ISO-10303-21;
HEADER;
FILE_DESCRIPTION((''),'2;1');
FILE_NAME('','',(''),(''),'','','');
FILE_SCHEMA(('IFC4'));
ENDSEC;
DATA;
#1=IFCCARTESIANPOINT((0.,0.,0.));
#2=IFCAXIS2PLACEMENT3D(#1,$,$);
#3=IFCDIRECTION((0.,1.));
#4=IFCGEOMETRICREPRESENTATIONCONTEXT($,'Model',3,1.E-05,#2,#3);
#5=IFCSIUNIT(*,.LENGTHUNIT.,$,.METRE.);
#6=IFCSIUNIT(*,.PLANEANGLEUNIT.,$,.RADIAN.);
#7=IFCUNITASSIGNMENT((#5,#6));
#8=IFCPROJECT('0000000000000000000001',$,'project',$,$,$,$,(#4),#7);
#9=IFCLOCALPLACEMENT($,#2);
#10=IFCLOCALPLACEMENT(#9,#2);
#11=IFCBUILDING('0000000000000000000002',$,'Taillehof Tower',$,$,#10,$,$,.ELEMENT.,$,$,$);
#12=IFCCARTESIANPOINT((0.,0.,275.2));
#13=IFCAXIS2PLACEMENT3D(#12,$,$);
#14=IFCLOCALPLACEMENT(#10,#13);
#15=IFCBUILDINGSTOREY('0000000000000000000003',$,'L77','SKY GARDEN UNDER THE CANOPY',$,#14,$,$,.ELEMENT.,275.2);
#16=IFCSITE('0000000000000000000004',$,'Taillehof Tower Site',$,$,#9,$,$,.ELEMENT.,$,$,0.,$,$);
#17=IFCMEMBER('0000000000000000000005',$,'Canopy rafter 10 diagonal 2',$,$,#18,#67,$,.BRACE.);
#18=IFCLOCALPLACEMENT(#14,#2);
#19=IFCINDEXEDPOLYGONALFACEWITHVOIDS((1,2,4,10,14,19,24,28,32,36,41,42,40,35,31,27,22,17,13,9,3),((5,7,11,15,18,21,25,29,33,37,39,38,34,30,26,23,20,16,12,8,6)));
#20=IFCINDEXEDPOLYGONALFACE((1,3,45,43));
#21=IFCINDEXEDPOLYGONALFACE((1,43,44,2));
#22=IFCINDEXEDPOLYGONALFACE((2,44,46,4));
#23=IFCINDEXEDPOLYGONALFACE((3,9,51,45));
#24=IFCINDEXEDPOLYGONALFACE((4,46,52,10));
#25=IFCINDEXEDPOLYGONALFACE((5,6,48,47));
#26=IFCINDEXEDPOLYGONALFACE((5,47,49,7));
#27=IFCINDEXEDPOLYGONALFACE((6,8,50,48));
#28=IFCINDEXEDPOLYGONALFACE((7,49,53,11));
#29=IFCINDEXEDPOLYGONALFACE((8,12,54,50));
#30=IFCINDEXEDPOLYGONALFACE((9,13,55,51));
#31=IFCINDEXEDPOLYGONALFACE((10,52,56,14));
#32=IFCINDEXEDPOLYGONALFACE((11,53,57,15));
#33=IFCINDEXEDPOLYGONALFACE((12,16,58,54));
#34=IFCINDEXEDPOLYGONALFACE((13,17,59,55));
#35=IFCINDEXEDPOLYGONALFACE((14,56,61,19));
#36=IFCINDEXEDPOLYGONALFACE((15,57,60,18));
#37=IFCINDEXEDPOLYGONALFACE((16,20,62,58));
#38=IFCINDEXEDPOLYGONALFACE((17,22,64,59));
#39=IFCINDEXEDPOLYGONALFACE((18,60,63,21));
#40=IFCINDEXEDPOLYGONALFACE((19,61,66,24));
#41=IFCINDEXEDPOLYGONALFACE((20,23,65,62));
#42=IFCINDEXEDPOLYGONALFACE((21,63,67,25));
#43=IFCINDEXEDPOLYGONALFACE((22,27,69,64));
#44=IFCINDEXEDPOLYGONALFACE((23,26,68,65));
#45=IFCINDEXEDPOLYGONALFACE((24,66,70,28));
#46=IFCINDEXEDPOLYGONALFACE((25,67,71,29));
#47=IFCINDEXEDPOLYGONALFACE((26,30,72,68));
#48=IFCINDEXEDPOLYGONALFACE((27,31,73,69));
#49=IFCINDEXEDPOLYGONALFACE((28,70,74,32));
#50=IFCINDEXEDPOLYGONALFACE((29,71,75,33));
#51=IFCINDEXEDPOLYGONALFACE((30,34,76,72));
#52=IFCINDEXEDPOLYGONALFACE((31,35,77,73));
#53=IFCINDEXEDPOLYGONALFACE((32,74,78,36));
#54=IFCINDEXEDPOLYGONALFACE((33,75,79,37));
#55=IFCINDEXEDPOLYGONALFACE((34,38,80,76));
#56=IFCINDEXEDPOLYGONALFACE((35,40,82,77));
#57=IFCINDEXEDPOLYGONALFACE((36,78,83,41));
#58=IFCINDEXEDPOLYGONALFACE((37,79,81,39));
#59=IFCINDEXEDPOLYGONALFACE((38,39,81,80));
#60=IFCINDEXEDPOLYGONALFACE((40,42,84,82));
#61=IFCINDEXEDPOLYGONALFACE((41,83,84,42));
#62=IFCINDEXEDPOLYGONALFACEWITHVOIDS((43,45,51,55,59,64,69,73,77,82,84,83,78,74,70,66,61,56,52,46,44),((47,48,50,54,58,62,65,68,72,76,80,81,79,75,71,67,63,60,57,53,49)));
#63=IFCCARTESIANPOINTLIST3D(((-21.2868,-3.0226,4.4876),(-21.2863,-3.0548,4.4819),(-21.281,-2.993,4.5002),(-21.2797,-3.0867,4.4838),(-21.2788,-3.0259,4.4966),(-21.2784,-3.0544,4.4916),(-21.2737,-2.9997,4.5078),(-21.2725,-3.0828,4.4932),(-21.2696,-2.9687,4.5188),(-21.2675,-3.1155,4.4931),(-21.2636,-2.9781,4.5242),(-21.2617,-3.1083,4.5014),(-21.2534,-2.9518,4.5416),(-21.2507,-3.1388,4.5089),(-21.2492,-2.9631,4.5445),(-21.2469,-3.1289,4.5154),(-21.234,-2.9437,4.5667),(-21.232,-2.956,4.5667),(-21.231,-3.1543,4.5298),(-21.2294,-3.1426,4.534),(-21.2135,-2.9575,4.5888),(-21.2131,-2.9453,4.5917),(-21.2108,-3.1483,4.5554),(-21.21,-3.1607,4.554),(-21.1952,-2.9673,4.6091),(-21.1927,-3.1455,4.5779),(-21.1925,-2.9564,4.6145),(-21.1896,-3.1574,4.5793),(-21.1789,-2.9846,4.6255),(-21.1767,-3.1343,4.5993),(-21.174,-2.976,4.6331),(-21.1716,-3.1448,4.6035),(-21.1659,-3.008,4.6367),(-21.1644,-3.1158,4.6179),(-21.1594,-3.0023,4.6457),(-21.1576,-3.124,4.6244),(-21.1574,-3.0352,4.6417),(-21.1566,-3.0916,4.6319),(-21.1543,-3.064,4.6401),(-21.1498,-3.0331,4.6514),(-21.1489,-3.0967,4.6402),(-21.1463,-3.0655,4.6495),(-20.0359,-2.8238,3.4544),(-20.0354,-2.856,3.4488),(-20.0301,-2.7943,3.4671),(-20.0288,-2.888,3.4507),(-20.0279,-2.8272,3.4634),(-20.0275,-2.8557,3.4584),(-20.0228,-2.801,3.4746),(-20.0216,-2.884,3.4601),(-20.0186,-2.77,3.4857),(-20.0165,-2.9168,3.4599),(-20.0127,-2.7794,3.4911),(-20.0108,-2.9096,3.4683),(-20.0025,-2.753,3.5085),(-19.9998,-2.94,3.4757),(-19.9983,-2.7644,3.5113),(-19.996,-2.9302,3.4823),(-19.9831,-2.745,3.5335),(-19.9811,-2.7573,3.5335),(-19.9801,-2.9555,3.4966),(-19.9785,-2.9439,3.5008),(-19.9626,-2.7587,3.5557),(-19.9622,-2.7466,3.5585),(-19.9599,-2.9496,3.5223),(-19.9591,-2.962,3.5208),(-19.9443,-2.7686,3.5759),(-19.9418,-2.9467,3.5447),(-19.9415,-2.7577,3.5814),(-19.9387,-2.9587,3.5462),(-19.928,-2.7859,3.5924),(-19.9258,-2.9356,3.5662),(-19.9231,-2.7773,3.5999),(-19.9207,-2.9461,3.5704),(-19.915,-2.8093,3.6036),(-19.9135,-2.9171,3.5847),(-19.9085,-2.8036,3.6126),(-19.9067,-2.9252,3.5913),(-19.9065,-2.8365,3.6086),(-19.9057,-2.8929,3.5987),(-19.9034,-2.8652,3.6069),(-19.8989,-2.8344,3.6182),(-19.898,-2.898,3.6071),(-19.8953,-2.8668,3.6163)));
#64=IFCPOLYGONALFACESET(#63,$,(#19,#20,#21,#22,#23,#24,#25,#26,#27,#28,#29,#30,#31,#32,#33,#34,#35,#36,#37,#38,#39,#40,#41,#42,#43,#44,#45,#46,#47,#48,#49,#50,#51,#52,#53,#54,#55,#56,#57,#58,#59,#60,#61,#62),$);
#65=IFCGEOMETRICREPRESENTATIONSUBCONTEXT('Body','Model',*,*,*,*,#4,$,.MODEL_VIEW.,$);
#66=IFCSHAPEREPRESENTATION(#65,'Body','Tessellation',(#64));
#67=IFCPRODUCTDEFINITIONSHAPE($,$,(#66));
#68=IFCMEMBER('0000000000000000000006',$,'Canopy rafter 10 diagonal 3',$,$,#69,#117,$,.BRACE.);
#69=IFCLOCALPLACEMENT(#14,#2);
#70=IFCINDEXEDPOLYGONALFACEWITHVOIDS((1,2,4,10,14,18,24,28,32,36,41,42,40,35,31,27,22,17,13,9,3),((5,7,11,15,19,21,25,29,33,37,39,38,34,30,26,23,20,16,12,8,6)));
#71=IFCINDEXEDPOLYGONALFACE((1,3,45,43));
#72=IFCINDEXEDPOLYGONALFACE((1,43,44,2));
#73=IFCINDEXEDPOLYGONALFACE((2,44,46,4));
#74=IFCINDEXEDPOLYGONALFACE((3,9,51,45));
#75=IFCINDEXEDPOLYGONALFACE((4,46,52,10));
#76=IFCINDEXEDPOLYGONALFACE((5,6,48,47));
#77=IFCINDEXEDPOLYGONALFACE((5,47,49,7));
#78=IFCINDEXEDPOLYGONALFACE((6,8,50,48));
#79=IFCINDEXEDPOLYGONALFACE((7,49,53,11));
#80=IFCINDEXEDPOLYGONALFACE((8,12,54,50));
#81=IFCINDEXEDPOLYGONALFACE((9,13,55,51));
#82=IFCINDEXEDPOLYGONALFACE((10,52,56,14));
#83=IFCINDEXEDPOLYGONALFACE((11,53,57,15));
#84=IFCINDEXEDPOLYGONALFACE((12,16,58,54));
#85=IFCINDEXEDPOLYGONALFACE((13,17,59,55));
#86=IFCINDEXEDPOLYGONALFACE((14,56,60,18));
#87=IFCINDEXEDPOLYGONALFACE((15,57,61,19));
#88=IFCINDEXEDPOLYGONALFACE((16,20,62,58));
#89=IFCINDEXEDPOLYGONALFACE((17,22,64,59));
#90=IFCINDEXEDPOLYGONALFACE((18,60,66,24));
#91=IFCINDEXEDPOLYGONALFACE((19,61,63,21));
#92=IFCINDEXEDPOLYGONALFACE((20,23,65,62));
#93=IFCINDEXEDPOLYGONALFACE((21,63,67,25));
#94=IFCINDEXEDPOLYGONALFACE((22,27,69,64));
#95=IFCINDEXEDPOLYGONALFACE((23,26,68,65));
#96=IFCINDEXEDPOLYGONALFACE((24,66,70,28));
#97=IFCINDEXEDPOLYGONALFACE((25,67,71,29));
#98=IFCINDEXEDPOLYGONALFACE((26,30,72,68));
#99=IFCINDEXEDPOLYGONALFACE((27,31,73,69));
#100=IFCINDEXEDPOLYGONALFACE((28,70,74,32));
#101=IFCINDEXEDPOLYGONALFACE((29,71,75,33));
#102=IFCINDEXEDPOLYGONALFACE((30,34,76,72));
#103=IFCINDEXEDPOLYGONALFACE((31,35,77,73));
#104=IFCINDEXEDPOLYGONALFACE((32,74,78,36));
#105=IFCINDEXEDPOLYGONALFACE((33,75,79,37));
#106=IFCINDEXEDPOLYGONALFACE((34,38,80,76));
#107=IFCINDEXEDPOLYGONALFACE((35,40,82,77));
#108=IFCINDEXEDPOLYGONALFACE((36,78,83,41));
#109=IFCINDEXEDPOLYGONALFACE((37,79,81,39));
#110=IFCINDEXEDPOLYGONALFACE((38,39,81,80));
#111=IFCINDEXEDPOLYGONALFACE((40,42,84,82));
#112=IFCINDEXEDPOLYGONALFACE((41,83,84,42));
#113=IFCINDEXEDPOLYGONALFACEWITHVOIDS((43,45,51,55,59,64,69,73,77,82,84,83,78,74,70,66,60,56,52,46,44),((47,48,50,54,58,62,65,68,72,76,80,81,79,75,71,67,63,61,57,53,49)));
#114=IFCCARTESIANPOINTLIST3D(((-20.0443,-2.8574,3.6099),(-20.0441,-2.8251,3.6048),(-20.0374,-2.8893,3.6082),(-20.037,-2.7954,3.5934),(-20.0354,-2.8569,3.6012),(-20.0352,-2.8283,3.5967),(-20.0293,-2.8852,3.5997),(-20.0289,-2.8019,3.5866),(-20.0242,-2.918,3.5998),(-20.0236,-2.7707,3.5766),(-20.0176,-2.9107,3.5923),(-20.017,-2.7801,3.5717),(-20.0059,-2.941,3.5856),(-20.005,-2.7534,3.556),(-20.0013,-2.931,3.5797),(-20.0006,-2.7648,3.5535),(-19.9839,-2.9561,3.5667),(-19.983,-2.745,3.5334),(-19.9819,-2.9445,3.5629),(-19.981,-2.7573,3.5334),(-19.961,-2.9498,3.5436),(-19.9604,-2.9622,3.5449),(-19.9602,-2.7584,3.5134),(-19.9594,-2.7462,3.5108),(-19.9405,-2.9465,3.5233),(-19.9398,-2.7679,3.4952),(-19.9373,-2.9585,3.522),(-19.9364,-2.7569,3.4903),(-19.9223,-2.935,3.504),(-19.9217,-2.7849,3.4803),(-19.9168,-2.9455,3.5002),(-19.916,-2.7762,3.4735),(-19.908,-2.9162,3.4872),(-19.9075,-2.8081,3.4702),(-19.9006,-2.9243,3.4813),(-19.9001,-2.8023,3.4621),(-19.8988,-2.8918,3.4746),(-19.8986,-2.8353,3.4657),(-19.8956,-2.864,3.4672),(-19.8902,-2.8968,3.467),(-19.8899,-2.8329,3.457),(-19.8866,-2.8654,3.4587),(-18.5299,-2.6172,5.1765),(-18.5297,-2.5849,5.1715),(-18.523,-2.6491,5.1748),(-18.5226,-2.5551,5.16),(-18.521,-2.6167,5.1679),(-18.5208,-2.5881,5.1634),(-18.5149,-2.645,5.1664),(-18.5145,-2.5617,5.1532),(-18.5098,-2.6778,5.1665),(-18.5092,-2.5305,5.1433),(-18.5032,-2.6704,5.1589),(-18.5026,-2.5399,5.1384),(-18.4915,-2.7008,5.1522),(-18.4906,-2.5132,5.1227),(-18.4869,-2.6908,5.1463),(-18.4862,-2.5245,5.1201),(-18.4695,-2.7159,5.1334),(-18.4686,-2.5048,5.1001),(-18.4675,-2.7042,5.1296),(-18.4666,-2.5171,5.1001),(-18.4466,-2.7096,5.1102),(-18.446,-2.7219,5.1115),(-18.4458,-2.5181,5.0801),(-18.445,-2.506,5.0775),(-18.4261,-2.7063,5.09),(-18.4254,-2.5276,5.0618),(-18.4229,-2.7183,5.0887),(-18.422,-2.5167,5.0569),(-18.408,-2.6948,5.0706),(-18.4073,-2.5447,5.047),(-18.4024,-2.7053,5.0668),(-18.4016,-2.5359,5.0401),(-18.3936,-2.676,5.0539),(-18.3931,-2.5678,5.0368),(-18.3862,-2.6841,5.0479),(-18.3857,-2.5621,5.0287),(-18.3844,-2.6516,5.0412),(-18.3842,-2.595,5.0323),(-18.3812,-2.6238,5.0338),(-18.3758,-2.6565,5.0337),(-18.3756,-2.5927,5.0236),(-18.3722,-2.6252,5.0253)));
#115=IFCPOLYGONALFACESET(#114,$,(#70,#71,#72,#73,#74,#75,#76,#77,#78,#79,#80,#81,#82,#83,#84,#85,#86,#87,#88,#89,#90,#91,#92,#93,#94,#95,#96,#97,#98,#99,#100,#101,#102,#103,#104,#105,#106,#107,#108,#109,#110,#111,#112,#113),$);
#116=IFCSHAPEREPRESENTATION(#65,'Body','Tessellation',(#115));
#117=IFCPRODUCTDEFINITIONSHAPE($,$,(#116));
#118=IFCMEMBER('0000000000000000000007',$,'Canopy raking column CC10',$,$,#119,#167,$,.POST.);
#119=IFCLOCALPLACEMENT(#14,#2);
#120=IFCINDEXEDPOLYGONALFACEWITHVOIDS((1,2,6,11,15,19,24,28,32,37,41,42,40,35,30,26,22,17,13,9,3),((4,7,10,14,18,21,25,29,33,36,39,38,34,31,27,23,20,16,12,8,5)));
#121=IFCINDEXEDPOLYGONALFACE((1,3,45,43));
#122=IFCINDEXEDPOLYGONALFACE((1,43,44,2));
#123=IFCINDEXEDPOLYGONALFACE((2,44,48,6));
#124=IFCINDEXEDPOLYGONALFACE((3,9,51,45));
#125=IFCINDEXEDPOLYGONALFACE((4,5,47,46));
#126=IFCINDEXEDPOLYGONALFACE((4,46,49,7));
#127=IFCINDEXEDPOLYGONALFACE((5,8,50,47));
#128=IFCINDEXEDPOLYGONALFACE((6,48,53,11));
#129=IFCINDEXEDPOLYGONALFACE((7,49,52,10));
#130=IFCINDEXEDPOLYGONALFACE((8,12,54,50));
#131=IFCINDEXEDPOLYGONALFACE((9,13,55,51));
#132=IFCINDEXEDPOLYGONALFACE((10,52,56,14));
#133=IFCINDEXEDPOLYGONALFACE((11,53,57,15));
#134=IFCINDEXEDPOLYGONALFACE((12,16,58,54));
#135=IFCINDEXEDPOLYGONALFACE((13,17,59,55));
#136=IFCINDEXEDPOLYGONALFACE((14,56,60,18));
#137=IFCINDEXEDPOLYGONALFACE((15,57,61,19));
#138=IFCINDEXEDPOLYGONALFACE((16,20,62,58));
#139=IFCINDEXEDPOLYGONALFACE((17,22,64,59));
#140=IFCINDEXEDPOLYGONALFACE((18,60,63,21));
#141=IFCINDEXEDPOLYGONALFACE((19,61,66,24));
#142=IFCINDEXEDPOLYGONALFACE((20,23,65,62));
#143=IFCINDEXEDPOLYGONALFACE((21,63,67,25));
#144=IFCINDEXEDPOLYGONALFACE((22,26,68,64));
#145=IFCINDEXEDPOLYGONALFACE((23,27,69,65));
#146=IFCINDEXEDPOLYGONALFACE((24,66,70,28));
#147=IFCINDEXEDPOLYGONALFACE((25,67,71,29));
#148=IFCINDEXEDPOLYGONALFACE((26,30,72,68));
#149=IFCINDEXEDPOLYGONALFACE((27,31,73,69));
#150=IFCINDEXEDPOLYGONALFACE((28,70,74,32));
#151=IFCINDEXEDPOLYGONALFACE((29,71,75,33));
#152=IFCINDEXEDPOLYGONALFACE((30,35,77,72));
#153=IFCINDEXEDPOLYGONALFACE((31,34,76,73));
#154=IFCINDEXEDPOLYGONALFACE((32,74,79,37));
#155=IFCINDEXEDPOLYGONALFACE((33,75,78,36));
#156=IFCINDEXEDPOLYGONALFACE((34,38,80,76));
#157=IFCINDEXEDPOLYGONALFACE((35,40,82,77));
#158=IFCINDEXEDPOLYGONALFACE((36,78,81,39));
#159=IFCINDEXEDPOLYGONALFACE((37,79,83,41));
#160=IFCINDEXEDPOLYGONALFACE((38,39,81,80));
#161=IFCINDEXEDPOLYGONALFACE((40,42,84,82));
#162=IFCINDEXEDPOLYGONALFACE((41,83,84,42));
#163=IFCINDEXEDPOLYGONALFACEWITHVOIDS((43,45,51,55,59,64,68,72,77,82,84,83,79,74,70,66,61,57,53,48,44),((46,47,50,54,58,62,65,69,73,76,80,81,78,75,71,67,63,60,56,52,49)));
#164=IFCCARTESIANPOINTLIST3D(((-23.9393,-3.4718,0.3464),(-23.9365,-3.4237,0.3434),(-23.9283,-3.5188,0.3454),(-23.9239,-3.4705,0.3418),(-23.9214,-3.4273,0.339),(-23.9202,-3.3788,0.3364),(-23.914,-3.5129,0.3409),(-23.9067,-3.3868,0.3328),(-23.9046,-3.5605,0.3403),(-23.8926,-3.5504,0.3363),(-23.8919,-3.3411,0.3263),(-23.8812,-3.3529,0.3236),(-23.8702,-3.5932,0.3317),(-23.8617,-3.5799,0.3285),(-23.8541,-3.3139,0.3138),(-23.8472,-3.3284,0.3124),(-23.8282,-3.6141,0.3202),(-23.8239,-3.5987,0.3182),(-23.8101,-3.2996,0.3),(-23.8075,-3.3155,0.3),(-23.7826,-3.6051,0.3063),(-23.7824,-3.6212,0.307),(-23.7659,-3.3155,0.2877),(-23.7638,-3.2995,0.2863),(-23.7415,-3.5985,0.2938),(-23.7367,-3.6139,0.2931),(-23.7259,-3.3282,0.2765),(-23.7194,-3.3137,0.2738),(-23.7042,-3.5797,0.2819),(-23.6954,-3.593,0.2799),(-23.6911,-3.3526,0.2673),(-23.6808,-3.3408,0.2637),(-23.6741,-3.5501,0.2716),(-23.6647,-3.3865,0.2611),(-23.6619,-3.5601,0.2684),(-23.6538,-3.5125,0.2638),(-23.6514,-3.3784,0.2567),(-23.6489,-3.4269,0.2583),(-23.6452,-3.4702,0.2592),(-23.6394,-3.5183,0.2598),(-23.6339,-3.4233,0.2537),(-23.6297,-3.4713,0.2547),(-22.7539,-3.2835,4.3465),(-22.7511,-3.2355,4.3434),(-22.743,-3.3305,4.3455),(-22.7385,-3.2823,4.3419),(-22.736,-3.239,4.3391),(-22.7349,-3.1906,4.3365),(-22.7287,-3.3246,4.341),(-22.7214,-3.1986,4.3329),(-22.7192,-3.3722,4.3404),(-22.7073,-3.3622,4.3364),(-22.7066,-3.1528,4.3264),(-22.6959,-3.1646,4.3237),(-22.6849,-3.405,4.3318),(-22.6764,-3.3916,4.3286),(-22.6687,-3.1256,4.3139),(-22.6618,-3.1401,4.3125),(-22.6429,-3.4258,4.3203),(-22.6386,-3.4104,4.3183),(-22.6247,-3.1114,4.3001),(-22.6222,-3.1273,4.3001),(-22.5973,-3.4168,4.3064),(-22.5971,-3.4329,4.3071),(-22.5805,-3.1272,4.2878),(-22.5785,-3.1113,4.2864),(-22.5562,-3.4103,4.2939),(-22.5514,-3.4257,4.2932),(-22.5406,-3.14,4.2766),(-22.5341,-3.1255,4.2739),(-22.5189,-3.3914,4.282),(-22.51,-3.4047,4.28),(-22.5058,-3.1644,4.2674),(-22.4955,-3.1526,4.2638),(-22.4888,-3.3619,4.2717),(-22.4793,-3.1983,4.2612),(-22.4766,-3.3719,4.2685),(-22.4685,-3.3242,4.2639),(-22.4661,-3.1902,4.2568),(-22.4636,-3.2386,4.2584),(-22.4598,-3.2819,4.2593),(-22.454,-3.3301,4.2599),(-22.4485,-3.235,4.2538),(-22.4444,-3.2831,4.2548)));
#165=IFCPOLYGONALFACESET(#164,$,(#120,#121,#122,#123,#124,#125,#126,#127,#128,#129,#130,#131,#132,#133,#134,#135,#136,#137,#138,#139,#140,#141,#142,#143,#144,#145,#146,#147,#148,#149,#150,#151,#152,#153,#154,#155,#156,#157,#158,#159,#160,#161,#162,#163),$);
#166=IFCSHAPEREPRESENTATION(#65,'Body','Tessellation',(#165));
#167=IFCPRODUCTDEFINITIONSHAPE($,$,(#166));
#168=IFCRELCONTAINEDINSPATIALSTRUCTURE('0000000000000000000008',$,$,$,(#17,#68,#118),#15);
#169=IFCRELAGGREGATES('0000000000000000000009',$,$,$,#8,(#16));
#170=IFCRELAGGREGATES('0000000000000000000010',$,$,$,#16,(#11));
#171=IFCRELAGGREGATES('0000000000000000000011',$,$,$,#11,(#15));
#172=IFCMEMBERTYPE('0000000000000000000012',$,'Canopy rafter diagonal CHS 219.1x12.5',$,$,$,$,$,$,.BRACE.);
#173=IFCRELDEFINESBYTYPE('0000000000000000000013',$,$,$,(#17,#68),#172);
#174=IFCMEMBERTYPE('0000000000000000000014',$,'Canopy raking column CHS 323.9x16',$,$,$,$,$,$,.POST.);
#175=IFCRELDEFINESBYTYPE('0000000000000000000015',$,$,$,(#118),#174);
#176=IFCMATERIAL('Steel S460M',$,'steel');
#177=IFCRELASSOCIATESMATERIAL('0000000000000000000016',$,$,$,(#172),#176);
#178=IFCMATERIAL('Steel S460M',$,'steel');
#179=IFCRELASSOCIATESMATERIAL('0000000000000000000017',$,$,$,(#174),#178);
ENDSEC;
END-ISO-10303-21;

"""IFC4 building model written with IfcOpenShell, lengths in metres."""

from ifc_helpers import new_model, si_unit, direction, frame, origin, origin_2d, place, context, subcontext, project, spatial, hollow_circle, extrude, material, material_profile, profile_set, type_object, element, save


model = new_model("IFC4")

# Units and contexts
model_context = context("Model", 3, precision=1e-05, world=origin(), true_north=direction((0.0, 1.0)))
body_context = subcontext(model_context, "Body", "Model", "MODEL_VIEW")
ifc_project = project(units=[si_unit("LENGTHUNIT", "METRE"), si_unit("PLANEANGLEUNIT", "RADIAN")], contexts=[model_context])

# Site, building, storey
site_placement = place(None, origin())
site = spatial("IfcSite", under=ifc_project, at=site_placement, Name="Taillehof Tower Site", CompositionType="ELEMENT", RefElevation=0.0)
building_placement = place(site_placement, origin())
building = spatial("IfcBuilding", under=site, at=building_placement, Name="Taillehof Tower", CompositionType="ELEMENT")
storey_placement = place(building_placement, frame((0.0, 0.0, 275.2)))
storey = spatial("IfcBuildingStorey", under=building, at=storey_placement, Name="L77", Description="SKY GARDEN UNDER THE CANOPY", CompositionType="ELEMENT", Elevation=275.2)

# Members
ifc_material_1 = material(Name="Steel S460M", Category="steel")
ifc_material_profile_1 = material_profile(ifc_material_1, hollow_circle(Radius=0.1096, WallThickness=0.0125, at=origin_2d()), Name="CHS 219.1x12.5")
ifc_profile_set_1 = profile_set([ifc_material_profile_1], Name="Steel S460M")
member_type_1 = type_object("IfcMemberType", Name="Canopy rafter diagonal CHS 219.1x12.5", PredefinedType="BRACE", material=ifc_profile_set_1)
member_1_placement = place(storey_placement, frame((-21.2168, -3.052, 4.5667), z_axis=(0.765307, 0.121577, -0.63208), x_axis=(-0.156893, 0.987616, 0.0)))
element("IfcMember", 1, at=member_1_placement, inside=storey, type_object=member_type_1, Name="Canopy rafter 10 diagonal 2", PredefinedType="BRACE", context=body_context, shape_type="SweptSolid", body=[
    extrude(hollow_circle(Radius=0.1096, WallThickness=0.0125, at=origin_2d()), origin(), (0.0, 0.0, 1.0), 1.6345),
])
member_2_placement = place(storey_placement, frame((-19.9658, -2.8533, 3.5334), z_axis=(0.69083, 0.109588, 0.714664), x_axis=(-0.156674, 0.98765, 0.0)))
element("IfcMember", 2, at=member_2_placement, inside=storey, type_object=member_type_1, Name="Canopy rafter 10 diagonal 3", PredefinedType="BRACE", context=body_context, shape_type="SweptSolid", body=[
    extrude(hollow_circle(Radius=0.1096, WallThickness=0.0125, at=origin_2d()), origin(), (0.0, 0.0, 1.0), 2.1921),
])
ifc_material_2 = material(Name="Steel S460M", Category="steel")
ifc_material_profile_2 = material_profile(ifc_material_2, hollow_circle(Radius=0.1619, WallThickness=0.0161, at=origin_2d()), Name="CHS 323.9x16")
ifc_profile_set_2 = profile_set([ifc_material_profile_2], Name="Steel S460M")
member_type_2 = type_object("IfcMemberType", Name="Canopy raking column CHS 323.9x16", PredefinedType="POST", material=ifc_profile_set_2)
member_3_placement = place(storey_placement, frame((-23.7847, -3.4595, 0.3), z_axis=(0.283825, 0.045073, 0.957816), x_axis=(-0.15684, 0.987624, 0.0)))
element("IfcMember", 3, at=member_3_placement, inside=storey, type_object=member_type_2, Name="Canopy raking column CC10", PredefinedType="POST", context=body_context, shape_type="SweptSolid", body=[
    extrude(hollow_circle(Radius=0.1619, WallThickness=0.0161, at=origin_2d()), origin(), (0.0, 0.0, 1.0), 4.1763),
])

save(model, "model.ifc")
